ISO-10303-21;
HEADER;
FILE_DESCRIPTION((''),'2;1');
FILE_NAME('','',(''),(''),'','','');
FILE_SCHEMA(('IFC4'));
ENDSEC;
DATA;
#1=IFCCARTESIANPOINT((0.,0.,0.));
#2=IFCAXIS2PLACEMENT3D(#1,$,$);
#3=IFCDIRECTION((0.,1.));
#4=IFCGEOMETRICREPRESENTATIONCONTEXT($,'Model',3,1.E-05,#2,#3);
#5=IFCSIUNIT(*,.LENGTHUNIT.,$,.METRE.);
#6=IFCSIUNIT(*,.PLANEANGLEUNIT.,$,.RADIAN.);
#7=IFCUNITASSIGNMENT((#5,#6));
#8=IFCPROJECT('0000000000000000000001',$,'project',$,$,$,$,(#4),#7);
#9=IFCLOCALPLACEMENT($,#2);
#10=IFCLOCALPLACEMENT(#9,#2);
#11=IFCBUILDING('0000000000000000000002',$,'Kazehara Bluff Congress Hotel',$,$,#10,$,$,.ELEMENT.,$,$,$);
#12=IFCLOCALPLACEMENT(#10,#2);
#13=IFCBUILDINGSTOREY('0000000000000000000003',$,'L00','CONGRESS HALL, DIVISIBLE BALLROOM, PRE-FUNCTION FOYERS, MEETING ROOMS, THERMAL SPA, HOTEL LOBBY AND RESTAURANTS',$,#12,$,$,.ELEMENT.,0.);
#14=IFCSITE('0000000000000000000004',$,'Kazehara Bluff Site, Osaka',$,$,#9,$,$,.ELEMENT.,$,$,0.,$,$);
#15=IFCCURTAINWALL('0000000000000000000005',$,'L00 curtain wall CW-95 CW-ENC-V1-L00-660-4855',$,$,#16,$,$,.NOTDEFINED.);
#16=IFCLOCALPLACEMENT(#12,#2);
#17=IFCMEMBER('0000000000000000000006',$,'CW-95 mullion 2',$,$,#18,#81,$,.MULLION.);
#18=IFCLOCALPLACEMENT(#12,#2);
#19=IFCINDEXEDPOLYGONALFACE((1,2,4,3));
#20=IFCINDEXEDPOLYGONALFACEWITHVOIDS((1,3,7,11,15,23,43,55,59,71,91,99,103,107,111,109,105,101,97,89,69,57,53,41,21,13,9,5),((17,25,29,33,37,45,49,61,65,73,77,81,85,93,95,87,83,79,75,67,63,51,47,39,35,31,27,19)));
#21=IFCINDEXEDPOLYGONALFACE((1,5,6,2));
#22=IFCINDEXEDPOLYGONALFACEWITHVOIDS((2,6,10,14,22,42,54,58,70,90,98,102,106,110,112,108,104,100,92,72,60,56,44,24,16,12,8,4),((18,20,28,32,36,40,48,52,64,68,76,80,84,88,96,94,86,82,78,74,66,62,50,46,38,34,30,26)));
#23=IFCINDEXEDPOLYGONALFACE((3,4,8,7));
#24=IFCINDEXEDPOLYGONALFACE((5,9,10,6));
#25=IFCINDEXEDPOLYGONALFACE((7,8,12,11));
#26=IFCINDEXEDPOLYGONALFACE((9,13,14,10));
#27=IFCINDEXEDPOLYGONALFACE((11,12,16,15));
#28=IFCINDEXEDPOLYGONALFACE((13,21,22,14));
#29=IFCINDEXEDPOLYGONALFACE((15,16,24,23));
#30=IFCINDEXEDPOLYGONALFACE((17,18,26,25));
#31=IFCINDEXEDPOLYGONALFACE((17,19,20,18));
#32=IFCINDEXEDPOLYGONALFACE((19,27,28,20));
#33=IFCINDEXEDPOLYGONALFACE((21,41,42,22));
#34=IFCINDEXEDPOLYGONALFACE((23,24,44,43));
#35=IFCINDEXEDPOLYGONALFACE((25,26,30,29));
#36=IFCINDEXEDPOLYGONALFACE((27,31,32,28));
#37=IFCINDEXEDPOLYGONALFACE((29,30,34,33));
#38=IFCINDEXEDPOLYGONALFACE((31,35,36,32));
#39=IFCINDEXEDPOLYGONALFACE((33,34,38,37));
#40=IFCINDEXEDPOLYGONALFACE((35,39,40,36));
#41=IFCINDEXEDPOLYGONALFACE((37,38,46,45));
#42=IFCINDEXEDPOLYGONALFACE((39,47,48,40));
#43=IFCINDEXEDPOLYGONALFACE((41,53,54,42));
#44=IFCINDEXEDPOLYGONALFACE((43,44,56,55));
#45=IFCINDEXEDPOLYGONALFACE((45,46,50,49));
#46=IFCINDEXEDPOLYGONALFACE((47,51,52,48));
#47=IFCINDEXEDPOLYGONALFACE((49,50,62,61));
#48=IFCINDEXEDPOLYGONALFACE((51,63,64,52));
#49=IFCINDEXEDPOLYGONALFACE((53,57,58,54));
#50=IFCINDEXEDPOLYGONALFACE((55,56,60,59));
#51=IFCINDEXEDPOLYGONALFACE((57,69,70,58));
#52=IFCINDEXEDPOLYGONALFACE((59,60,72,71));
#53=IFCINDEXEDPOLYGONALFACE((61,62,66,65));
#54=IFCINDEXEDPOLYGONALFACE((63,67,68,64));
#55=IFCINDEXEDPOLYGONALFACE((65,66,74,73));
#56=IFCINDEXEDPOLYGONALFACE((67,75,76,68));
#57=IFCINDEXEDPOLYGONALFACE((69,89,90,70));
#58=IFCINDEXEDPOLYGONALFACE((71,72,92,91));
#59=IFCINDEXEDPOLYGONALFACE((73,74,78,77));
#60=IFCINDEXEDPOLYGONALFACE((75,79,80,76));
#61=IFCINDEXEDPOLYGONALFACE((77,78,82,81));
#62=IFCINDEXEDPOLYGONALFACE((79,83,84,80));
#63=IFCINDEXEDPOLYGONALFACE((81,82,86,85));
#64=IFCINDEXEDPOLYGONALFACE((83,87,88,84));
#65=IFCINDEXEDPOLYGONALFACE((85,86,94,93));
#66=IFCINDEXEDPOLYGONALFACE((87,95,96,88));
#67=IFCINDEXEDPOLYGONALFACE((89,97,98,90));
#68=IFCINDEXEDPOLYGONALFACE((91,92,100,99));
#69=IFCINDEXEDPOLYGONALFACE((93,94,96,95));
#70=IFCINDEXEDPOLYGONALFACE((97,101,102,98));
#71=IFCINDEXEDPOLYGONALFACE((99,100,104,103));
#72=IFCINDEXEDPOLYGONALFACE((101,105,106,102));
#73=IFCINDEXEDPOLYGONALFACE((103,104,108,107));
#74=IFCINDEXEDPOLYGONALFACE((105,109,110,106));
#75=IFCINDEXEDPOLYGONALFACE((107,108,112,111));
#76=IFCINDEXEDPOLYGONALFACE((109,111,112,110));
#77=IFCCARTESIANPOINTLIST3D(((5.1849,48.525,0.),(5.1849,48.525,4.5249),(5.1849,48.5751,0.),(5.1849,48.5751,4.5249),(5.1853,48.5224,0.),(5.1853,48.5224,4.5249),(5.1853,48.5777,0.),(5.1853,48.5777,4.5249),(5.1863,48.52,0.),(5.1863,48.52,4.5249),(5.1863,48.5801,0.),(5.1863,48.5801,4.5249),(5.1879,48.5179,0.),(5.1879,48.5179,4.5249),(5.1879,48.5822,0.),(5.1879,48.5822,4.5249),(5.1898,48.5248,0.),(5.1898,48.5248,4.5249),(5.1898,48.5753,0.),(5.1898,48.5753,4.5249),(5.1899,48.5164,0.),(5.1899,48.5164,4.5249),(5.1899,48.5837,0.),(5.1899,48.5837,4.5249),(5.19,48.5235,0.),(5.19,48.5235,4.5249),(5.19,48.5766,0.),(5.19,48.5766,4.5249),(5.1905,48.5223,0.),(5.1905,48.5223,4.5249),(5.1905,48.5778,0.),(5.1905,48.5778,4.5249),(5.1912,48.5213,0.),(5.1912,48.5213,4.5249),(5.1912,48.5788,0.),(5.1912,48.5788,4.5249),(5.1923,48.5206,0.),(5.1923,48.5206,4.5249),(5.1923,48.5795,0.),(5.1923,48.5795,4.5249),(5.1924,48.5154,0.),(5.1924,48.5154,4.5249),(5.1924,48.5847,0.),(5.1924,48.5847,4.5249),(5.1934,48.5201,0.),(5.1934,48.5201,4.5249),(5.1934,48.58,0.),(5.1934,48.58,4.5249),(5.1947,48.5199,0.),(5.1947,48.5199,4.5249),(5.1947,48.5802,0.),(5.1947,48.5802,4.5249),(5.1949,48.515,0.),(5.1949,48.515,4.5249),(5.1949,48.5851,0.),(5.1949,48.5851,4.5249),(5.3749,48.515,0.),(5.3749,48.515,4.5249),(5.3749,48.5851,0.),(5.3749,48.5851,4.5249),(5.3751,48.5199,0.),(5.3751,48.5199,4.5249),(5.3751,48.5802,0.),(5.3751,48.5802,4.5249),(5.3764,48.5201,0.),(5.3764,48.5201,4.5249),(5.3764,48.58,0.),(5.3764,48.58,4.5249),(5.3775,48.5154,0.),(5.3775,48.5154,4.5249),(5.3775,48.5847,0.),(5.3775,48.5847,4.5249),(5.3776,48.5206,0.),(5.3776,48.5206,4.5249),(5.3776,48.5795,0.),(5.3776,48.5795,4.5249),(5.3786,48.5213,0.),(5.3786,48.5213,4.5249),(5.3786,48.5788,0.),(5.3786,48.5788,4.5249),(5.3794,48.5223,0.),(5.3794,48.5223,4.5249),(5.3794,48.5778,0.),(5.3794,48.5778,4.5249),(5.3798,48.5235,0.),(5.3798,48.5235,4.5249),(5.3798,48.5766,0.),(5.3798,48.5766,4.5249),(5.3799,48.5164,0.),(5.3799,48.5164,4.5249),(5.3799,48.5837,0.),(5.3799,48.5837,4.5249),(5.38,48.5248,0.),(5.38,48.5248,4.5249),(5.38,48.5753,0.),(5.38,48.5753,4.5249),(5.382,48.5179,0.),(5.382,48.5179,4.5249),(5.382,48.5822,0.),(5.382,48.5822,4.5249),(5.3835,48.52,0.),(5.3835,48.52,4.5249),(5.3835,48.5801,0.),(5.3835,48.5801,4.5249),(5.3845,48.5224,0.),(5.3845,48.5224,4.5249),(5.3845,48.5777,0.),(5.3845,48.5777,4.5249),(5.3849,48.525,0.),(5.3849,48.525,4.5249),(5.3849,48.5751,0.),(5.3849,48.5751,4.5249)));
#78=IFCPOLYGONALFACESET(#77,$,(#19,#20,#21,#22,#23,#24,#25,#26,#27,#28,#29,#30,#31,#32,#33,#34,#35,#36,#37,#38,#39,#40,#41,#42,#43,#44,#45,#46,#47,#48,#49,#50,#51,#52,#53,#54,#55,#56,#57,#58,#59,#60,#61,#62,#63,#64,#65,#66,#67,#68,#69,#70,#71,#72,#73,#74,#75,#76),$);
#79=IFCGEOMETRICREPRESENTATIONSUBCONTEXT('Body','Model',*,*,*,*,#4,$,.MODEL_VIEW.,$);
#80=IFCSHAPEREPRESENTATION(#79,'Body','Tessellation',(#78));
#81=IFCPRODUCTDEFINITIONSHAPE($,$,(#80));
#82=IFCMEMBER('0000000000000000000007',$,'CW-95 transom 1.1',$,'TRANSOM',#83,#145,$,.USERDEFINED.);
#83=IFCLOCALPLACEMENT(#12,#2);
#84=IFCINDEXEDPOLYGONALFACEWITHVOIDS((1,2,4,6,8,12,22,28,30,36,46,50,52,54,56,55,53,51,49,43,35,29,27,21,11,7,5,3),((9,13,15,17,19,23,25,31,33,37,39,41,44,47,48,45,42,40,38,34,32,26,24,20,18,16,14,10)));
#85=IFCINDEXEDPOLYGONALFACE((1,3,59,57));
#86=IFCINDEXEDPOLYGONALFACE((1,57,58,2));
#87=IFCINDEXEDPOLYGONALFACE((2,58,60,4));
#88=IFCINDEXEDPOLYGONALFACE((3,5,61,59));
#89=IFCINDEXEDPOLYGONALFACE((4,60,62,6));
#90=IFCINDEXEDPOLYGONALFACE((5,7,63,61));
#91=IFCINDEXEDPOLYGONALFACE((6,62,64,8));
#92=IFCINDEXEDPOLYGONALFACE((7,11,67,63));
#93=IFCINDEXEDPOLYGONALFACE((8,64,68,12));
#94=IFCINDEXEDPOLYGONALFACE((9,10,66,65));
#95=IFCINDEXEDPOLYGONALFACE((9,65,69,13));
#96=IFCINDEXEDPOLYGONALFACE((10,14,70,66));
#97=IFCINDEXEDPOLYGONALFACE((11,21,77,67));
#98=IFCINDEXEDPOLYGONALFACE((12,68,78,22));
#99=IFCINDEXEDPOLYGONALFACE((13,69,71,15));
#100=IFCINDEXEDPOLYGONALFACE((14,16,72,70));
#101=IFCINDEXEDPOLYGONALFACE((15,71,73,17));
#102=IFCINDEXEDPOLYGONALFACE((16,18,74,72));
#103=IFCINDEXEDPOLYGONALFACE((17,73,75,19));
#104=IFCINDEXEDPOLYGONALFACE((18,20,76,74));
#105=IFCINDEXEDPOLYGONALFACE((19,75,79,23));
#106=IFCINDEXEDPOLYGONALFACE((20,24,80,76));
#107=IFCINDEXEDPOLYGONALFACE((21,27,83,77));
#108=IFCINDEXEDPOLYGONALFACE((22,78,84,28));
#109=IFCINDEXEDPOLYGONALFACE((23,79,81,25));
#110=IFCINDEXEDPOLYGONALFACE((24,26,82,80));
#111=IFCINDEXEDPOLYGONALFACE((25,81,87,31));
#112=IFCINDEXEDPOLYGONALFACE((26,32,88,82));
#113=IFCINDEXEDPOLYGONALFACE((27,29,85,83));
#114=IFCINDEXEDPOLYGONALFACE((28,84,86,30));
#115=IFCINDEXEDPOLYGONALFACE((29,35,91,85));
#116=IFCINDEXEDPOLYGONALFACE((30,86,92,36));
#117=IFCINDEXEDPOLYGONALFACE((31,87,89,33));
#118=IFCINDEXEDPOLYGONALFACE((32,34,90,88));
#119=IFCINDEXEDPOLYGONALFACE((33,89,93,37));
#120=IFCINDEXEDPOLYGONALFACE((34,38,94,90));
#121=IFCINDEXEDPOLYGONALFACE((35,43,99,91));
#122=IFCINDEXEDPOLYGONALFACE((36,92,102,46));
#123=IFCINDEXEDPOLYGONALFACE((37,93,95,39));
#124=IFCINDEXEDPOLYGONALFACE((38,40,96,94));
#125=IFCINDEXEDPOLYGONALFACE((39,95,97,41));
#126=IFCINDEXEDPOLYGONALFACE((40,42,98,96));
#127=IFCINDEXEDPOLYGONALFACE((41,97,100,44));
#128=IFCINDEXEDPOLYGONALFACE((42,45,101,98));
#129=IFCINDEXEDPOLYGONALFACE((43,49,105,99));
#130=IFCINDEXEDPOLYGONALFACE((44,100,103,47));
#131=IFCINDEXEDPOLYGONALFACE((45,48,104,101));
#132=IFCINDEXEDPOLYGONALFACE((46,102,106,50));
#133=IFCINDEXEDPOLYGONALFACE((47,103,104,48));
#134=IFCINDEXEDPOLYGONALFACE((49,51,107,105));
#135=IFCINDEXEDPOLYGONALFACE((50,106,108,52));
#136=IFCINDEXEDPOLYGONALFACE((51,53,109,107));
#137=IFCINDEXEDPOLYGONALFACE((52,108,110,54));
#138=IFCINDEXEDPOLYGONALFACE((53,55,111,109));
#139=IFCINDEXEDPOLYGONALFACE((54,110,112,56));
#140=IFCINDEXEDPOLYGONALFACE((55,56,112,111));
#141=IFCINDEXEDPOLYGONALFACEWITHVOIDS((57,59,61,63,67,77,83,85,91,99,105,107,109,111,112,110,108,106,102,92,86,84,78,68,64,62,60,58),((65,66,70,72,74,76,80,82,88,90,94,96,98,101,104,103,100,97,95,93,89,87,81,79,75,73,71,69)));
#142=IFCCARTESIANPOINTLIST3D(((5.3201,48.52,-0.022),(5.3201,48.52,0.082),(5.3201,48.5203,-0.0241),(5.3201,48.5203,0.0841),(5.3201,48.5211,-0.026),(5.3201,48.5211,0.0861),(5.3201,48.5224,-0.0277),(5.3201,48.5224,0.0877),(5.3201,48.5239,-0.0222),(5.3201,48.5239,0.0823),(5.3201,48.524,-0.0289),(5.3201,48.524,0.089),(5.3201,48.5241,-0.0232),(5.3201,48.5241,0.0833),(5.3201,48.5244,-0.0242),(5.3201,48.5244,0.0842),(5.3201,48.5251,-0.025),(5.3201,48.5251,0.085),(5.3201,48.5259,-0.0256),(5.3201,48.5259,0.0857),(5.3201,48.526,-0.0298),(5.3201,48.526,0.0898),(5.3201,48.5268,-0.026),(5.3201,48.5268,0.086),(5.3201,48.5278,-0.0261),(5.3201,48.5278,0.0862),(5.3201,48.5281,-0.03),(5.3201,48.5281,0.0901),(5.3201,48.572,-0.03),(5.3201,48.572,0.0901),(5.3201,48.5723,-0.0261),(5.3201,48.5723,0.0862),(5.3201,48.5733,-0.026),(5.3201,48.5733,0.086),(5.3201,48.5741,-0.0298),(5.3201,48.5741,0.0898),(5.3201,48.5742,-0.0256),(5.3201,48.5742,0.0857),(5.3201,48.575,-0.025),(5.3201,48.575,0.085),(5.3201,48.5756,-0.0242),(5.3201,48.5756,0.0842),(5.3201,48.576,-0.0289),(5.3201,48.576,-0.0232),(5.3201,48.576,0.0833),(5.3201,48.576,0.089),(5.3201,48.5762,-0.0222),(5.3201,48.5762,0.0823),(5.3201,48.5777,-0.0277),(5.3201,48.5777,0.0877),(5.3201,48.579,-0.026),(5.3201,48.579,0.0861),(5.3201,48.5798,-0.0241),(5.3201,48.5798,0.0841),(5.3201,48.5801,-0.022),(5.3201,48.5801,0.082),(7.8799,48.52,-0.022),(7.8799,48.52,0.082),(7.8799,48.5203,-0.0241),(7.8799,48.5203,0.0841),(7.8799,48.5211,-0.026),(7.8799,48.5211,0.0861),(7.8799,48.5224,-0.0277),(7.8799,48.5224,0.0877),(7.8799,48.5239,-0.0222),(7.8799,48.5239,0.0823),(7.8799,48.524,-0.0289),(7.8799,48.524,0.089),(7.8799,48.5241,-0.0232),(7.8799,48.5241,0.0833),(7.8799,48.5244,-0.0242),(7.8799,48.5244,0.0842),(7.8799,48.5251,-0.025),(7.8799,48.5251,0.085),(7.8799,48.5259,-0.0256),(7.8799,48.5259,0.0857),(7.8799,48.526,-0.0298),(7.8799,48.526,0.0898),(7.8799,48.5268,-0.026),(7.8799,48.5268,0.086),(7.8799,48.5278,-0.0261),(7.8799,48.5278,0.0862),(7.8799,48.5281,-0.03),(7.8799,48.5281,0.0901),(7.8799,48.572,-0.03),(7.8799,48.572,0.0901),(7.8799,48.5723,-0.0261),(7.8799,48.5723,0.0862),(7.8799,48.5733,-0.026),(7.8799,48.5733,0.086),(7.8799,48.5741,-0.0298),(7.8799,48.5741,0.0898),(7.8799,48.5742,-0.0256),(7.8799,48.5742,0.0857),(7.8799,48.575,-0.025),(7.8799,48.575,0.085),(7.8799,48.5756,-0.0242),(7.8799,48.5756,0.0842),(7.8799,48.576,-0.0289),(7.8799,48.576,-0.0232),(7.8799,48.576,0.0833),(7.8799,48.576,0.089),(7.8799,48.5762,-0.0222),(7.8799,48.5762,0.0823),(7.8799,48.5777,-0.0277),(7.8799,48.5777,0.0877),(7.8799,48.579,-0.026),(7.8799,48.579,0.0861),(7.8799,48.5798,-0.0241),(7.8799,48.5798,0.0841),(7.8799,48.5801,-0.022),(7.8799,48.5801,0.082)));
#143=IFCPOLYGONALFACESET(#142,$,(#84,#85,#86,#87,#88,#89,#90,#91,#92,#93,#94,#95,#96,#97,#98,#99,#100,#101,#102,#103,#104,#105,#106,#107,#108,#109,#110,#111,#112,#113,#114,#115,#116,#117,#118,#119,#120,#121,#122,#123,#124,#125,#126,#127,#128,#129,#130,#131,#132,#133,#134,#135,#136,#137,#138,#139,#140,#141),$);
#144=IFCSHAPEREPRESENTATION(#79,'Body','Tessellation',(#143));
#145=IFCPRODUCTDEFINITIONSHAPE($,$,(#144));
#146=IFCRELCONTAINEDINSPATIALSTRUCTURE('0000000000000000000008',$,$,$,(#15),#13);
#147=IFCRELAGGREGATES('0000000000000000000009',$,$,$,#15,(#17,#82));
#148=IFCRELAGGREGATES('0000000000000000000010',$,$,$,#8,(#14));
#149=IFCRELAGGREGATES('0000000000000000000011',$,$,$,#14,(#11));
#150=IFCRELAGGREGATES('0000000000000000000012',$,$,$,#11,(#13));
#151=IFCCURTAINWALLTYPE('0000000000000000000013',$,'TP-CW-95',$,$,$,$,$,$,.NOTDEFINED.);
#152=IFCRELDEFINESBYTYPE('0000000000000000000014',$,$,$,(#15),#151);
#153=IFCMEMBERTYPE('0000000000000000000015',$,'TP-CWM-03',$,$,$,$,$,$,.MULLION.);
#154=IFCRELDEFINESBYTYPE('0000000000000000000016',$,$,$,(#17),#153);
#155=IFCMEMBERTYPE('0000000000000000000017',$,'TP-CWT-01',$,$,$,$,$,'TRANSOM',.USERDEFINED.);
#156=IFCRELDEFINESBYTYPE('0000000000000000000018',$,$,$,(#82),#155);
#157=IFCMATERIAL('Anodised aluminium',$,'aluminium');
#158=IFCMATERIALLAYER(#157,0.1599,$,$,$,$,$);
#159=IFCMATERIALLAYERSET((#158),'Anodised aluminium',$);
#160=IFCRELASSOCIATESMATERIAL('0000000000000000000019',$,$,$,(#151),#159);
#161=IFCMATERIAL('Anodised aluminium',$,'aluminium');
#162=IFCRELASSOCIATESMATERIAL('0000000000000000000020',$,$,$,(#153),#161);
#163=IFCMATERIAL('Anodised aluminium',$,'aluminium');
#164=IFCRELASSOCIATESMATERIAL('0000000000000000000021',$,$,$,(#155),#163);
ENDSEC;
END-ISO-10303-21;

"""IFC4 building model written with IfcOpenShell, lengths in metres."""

from ifc_helpers import new_model, si_unit, direction, frame, origin, origin_2d, place, context, subcontext, project, spatial, hollow_rectangle, extrude, material, layer, layer_set, material_profile, profile_set, type_object, element, aggregate, save


model = new_model("IFC4")

# Units and contexts
model_context = context("Model", 3, precision=1e-05, world=origin(), true_north=direction((0.0, 1.0)))
body_context = subcontext(model_context, "Body", "Model", "MODEL_VIEW")
ifc_project = project(units=[si_unit("LENGTHUNIT", "METRE"), si_unit("PLANEANGLEUNIT", "RADIAN")], contexts=[model_context])

# Site, building, storey
site_placement = place(None, origin())
site = spatial("IfcSite", under=ifc_project, at=site_placement, Name="Kazehara Bluff Site, Osaka", CompositionType="ELEMENT", RefElevation=0.0)
building_placement = place(site_placement, origin())
building = spatial("IfcBuilding", under=site, at=building_placement, Name="Kazehara Bluff Congress Hotel", CompositionType="ELEMENT")
storey_placement = place(building_placement, origin())
storey = spatial("IfcBuildingStorey", under=building, at=storey_placement, Name="L00", Description="CONGRESS HALL, DIVISIBLE BALLROOM, PRE-FUNCTION FOYERS, MEETING ROOMS, THERMAL SPA, HOTEL LOBBY AND RESTAURANTS", CompositionType="ELEMENT", Elevation=0.0)

# Curtain wall, members
ifc_material_1 = material(Name="Anodised aluminium", Category="aluminium")
ifc_layer_1 = layer(ifc_material_1, 0.1599)
ifc_layer_set_1 = layer_set([ifc_layer_1], Name="Anodised aluminium")
curtain_wall_type = type_object("IfcCurtainWallType", Name="TP-CW-95", PredefinedType="NOTDEFINED", material=ifc_layer_set_1)
curtain_wall_placement = place(storey_placement, origin())
curtain_wall = element("IfcCurtainWall", 1, at=curtain_wall_placement, inside=storey, type_object=curtain_wall_type, Name="L00 curtain wall CW-95 CW-ENC-V1-L00-660-4855", PredefinedType="NOTDEFINED")
ifc_material_2 = material(Name="Anodised aluminium", Category="aluminium")
ifc_material_profile_1 = material_profile(ifc_material_2, hollow_rectangle(XDim=0.0701, YDim=0.2, WallThickness=0.0049, InnerFilletRadius=0.0049, OuterFilletRadius=0.01, at=origin_2d()))
ifc_profile_set_1 = profile_set([ifc_material_profile_1], Name="Anodised aluminium")
member_type_1 = type_object("IfcMemberType", Name="TP-CWM-03", PredefinedType="MULLION", material=ifc_profile_set_1)
member_1_placement = place(storey_placement, frame((5.2849, 48.55, 0.0), z_axis=(0.0, 0.0, 1.0), x_axis=(0.0, -1.0, 0.0)))
member_1 = element("IfcMember", 2, at=member_1_placement, type_object=member_type_1, Name="CW-95 mullion 2", PredefinedType="MULLION", context=body_context, shape_type="SweptSolid", body=[
    extrude(hollow_rectangle(XDim=0.0701, YDim=0.2, WallThickness=0.0049, InnerFilletRadius=0.0049, OuterFilletRadius=0.01, at=origin_2d()), origin(), (0.0, 0.0, 1.0), 4.5249),
])
ifc_material_3 = material(Name="Anodised aluminium", Category="aluminium")
ifc_material_profile_2 = material_profile(ifc_material_3, hollow_rectangle(XDim=0.0601, YDim=0.1201, WallThickness=0.0039, InnerFilletRadius=0.0039, OuterFilletRadius=0.0081, at=origin_2d()))
ifc_profile_set_2 = profile_set([ifc_material_profile_2], Name="Anodised aluminium")
member_type_2 = type_object("IfcMemberType", Name="TP-CWT-01", ElementType="TRANSOM", PredefinedType="USERDEFINED", material=ifc_profile_set_2)
member_2_placement = place(storey_placement, frame((7.8799, 48.55, 0.03), z_axis=(-1.0, 0.0, 0.0), x_axis=(0.0, -1.0, 0.0)))
member_2 = element("IfcMember", 3, at=member_2_placement, type_object=member_type_2, Name="CW-95 transom 1.1", ObjectType="TRANSOM", PredefinedType="USERDEFINED", context=body_context, shape_type="SweptSolid", body=[
    extrude(hollow_rectangle(XDim=0.0601, YDim=0.1201, WallThickness=0.0039, InnerFilletRadius=0.0039, OuterFilletRadius=0.0081, at=origin_2d()), origin(), (0.0, 0.0, 1.0), 2.5598),
])

aggregate(curtain_wall, [member_1, member_2])

save(model, "model.ifc")
